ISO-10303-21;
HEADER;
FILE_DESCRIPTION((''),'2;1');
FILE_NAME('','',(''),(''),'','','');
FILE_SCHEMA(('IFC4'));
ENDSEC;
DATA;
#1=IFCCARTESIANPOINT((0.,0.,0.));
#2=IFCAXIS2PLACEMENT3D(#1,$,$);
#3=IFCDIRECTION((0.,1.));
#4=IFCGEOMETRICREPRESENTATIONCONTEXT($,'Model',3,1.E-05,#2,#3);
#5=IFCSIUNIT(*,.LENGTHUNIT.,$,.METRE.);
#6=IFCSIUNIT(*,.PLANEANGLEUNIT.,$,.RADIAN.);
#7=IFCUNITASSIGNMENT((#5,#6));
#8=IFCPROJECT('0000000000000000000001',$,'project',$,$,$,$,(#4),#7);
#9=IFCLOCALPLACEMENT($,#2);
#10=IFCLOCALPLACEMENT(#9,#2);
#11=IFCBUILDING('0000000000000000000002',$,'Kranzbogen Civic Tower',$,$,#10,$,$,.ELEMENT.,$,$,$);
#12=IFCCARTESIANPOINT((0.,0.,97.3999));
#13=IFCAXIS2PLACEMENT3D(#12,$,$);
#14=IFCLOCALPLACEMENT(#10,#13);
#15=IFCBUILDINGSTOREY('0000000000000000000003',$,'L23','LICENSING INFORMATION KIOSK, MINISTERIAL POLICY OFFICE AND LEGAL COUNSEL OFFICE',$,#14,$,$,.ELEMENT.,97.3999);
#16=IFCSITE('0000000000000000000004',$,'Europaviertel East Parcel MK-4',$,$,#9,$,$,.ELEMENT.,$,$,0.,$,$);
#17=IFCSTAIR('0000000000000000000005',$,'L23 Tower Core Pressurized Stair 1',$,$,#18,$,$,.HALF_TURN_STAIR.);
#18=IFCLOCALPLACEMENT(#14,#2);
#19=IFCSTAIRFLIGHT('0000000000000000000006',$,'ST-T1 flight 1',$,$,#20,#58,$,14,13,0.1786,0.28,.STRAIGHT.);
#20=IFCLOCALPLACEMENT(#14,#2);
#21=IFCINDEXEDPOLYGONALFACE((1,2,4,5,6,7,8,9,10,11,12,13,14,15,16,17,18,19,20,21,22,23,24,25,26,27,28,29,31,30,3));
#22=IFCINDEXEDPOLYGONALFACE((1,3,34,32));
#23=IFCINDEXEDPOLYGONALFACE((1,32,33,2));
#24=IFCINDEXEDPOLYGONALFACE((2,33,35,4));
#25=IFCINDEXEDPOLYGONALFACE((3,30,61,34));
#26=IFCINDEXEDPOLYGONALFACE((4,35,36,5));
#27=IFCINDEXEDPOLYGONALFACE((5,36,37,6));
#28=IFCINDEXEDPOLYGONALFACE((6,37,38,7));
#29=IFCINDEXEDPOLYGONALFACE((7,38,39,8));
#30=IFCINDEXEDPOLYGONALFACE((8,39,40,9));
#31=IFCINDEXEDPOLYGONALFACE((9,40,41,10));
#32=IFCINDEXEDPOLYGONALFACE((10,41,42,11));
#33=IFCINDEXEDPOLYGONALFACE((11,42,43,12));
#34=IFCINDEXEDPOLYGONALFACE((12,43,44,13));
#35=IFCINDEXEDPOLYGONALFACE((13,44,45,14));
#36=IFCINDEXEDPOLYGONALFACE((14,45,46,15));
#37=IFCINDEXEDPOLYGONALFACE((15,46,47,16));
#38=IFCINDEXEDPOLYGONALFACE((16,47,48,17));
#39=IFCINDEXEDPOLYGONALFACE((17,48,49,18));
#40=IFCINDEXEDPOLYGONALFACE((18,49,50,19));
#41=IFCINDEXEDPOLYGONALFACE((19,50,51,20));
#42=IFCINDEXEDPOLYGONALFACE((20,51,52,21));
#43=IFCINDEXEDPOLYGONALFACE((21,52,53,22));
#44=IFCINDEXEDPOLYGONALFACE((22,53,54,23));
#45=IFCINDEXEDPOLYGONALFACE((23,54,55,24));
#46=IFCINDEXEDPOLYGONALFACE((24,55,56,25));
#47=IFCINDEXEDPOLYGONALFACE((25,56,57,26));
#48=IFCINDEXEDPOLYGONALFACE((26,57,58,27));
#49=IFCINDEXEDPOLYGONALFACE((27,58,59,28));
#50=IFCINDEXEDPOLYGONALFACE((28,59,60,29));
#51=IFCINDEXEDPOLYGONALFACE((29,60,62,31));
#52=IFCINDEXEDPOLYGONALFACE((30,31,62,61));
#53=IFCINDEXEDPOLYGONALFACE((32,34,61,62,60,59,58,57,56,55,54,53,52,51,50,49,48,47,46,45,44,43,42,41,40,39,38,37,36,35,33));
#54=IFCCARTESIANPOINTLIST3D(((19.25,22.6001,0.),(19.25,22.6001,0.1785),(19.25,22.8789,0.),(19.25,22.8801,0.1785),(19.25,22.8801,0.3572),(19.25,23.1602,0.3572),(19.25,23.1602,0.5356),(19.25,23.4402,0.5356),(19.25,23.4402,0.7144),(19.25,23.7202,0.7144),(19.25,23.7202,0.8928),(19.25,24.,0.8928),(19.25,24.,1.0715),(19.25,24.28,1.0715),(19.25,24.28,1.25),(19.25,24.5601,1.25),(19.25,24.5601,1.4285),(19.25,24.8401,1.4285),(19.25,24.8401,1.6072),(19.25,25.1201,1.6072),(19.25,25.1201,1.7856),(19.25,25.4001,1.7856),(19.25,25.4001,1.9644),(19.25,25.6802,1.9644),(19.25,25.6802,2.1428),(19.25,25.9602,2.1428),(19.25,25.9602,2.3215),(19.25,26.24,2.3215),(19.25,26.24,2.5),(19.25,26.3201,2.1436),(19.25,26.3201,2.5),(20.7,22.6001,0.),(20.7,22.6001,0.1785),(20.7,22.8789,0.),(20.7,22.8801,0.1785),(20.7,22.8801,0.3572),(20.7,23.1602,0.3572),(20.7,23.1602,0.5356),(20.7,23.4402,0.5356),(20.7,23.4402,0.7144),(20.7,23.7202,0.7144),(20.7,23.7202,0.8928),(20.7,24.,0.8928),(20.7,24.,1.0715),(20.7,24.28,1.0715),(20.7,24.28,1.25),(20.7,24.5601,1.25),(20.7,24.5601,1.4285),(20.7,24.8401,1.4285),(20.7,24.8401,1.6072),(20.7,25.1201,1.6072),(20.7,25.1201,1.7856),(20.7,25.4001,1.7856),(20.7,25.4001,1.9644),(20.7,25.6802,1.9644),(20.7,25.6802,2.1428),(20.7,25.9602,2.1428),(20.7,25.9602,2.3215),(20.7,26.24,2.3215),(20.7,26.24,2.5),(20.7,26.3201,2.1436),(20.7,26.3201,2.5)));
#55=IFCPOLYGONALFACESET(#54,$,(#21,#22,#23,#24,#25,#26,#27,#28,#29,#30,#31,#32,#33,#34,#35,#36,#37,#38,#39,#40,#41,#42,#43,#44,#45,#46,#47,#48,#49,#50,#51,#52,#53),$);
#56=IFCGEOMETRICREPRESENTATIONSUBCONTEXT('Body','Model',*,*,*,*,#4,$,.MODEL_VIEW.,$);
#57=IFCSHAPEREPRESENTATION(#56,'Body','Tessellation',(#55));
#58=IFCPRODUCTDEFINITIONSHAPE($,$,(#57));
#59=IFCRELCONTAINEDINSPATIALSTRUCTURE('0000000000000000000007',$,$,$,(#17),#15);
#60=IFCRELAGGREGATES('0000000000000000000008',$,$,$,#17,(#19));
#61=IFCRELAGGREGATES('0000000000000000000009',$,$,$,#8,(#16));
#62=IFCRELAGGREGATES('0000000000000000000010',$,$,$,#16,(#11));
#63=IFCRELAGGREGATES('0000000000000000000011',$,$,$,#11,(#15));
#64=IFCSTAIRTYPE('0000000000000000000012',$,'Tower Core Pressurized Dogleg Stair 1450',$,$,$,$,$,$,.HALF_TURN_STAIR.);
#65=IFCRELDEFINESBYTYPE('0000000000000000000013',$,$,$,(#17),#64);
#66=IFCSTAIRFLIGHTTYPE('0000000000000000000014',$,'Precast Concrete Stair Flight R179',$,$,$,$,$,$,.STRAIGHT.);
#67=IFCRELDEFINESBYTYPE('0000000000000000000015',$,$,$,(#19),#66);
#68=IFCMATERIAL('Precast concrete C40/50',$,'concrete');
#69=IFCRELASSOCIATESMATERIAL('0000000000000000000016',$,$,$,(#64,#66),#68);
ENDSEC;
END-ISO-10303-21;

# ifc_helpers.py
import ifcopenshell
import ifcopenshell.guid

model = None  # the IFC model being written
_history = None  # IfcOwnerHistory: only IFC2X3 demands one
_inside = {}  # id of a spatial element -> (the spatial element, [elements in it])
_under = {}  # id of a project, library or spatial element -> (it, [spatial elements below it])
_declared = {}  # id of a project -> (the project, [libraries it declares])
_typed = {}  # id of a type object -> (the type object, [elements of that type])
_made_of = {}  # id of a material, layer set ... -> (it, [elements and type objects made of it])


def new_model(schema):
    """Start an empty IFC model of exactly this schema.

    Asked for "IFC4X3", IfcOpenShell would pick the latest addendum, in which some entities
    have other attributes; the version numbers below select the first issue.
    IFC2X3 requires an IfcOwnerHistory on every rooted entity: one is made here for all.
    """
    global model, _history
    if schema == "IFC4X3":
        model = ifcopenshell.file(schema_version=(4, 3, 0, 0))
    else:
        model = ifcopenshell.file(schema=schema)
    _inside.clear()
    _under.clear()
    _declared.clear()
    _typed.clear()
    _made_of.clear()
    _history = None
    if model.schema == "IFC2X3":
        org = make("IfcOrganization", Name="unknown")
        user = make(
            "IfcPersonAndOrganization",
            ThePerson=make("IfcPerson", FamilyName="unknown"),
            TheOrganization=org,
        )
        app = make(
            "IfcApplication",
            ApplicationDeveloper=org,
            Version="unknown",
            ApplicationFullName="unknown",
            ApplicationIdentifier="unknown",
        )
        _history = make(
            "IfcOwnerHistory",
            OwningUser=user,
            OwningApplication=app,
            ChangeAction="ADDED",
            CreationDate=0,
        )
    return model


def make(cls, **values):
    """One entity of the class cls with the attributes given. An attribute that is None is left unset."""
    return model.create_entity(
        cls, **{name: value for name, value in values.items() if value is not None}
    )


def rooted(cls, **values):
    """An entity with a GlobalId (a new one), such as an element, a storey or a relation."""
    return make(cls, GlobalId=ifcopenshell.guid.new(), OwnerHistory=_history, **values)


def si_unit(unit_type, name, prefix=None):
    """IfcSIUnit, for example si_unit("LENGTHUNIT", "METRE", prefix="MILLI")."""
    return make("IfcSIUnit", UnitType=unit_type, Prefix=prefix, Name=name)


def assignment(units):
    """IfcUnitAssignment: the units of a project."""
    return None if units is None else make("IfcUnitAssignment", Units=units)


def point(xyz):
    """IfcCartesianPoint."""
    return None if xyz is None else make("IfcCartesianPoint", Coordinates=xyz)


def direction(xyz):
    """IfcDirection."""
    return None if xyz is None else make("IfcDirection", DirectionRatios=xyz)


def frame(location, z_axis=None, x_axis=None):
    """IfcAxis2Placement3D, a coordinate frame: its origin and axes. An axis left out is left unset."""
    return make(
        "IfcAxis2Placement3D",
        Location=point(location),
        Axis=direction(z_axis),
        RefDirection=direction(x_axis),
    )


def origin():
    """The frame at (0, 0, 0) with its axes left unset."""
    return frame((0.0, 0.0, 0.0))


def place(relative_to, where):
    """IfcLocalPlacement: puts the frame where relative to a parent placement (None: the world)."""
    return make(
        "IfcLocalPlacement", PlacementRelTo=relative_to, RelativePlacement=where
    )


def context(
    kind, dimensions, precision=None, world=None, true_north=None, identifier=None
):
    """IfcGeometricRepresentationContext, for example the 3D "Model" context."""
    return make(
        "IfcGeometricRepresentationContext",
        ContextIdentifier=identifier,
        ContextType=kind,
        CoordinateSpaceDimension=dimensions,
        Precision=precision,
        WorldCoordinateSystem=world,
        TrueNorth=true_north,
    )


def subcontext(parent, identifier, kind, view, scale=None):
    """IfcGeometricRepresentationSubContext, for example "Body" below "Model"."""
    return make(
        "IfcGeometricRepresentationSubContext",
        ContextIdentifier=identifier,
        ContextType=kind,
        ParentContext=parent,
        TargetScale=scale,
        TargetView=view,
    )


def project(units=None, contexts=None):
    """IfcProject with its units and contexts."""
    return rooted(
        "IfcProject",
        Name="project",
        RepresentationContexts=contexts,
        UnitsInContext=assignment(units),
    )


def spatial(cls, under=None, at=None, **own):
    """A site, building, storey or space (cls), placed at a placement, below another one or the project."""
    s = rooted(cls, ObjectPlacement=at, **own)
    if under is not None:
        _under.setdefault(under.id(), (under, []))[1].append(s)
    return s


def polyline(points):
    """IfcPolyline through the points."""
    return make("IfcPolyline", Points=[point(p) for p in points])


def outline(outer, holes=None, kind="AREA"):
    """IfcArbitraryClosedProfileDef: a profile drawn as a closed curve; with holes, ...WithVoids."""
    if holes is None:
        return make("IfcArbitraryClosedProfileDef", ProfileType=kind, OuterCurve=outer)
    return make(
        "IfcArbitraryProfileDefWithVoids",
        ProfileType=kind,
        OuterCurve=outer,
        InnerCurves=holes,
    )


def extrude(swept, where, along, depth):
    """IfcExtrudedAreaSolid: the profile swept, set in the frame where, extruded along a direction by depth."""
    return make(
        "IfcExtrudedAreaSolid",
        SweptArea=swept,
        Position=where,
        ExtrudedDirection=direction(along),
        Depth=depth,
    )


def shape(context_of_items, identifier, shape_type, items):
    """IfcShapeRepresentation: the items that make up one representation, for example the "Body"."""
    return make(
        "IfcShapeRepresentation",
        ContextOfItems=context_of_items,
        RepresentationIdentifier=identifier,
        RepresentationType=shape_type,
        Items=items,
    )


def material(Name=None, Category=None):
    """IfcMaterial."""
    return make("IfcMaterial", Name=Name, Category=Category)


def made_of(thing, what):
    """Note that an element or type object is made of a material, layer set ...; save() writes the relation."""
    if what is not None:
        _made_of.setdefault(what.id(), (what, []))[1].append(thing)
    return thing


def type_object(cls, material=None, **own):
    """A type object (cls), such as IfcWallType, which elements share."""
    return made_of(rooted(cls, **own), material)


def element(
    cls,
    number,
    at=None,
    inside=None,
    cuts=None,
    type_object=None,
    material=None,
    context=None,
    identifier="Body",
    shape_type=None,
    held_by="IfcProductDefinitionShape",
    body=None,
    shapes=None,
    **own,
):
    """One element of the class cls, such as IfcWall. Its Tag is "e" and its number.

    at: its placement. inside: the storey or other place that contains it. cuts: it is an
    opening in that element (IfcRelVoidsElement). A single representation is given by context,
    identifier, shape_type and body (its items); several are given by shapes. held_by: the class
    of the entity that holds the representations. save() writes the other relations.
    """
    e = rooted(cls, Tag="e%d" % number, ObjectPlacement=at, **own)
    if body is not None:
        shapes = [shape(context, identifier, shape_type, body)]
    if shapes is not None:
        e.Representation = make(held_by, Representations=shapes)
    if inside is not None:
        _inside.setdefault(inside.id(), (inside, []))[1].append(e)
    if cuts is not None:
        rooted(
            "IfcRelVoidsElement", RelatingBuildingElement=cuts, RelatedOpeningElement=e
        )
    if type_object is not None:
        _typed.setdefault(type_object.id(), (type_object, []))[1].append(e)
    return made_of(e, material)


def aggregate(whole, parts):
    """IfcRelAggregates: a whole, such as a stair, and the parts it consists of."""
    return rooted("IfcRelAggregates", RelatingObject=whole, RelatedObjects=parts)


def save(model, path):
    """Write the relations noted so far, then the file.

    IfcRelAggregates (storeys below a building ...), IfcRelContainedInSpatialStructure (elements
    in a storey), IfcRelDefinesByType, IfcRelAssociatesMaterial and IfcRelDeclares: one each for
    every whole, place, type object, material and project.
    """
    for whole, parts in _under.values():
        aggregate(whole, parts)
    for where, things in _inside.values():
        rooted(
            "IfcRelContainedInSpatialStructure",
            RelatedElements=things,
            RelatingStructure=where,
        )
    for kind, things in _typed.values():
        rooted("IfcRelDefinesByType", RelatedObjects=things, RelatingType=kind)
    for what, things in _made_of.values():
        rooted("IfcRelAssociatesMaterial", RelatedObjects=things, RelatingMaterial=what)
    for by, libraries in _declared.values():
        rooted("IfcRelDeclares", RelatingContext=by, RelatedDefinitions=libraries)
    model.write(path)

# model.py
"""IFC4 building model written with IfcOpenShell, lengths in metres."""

from ifc_helpers import new_model, si_unit, direction, frame, origin, place, context, subcontext, project, spatial, polyline, outline, extrude, material, type_object, element, aggregate, save


model = new_model("IFC4")

# Units and contexts
model_context = context("Model", 3, precision=1e-05, world=origin(), true_north=direction((0.0, 1.0)))
body_context = subcontext(model_context, "Body", "Model", "MODEL_VIEW")
ifc_project = project(units=[si_unit("LENGTHUNIT", "METRE"), si_unit("PLANEANGLEUNIT", "RADIAN")], contexts=[model_context])

# Site, building, storey
site_placement = place(None, origin())
site = spatial("IfcSite", under=ifc_project, at=site_placement, Name="Europaviertel East Parcel MK-4", CompositionType="ELEMENT", RefElevation=0.0)
building_placement = place(site_placement, origin())
building = spatial("IfcBuilding", under=site, at=building_placement, Name="Kranzbogen Civic Tower", CompositionType="ELEMENT")
storey_placement = place(building_placement, frame((0.0, 0.0, 97.3999)))
storey = spatial("IfcBuildingStorey", under=building, at=storey_placement, Name="L23", Description="LICENSING INFORMATION KIOSK, MINISTERIAL POLICY OFFICE AND LEGAL COUNSEL OFFICE", CompositionType="ELEMENT", Elevation=97.3999)

# Stair, stair flight
ifc_material_1 = material(Name="Precast concrete C40/50", Category="concrete")
stair_type = type_object("IfcStairType", Name="Tower Core Pressurized Dogleg Stair 1450", PredefinedType="HALF_TURN_STAIR", material=ifc_material_1)
stair_placement = place(storey_placement, origin())
stair = element("IfcStair", 1, at=stair_placement, inside=storey, type_object=stair_type, Name="L23 Tower Core Pressurized Stair 1", PredefinedType="HALF_TURN_STAIR")
stair_flight_type = type_object("IfcStairFlightType", Name="Precast Concrete Stair Flight R179", PredefinedType="STRAIGHT", material=ifc_material_1)
stair_flight_placement = place(storey_placement, frame((19.9751, 22.6001, 0.0), z_axis=(0.0, 0.0, 1.0), x_axis=(0.0, 1.0, 0.0)))
stair_flight = element("IfcStairFlight", 2, at=stair_flight_placement, type_object=stair_flight_type, Name="ST-T1 flight 1", NumberOfRisers=14, NumberOfTreads=13, PredefinedType="STRAIGHT", RiserHeight=0.1786, TreadLength=0.28, context=body_context, shape_type="SweptSolid", body=[
    extrude(outline(polyline([(0.0, 0.0), (0.0, 0.1785), (0.28, 0.1785), (0.28, 0.3572), (0.5601, 0.3572), (0.5601, 0.5356), (0.8401, 0.5356), (0.8401, 0.7144), (1.1201, 0.7144), (1.1201, 0.8928), (1.3999, 0.8928), (1.3999, 1.0715), (1.6799, 1.0715), (1.6799, 1.25), (1.96, 1.25), (1.96, 1.4285), (2.24, 1.4285), (2.24, 1.6072), (2.52, 1.6072), (2.52, 1.7856), (2.8, 1.7856), (2.8, 1.9644), (3.0801, 1.9644), (3.0801, 2.1428), (3.3601, 2.1428), (3.3601, 2.3215), (3.6399, 2.3215), (3.6399, 2.5), (3.72, 2.5), (3.72, 2.1436), (0.2788, 0.0), (0.0, 0.0)])), frame((0.0, 0.7251, 0.0), z_axis=(0.0, -1.0, 0.0), x_axis=(1.0, 0.0, 0.0)), (0.0, 0.0, 1.0), 1.45),
])
aggregate(stair, [stair_flight])

save(model, "model.ifc")
